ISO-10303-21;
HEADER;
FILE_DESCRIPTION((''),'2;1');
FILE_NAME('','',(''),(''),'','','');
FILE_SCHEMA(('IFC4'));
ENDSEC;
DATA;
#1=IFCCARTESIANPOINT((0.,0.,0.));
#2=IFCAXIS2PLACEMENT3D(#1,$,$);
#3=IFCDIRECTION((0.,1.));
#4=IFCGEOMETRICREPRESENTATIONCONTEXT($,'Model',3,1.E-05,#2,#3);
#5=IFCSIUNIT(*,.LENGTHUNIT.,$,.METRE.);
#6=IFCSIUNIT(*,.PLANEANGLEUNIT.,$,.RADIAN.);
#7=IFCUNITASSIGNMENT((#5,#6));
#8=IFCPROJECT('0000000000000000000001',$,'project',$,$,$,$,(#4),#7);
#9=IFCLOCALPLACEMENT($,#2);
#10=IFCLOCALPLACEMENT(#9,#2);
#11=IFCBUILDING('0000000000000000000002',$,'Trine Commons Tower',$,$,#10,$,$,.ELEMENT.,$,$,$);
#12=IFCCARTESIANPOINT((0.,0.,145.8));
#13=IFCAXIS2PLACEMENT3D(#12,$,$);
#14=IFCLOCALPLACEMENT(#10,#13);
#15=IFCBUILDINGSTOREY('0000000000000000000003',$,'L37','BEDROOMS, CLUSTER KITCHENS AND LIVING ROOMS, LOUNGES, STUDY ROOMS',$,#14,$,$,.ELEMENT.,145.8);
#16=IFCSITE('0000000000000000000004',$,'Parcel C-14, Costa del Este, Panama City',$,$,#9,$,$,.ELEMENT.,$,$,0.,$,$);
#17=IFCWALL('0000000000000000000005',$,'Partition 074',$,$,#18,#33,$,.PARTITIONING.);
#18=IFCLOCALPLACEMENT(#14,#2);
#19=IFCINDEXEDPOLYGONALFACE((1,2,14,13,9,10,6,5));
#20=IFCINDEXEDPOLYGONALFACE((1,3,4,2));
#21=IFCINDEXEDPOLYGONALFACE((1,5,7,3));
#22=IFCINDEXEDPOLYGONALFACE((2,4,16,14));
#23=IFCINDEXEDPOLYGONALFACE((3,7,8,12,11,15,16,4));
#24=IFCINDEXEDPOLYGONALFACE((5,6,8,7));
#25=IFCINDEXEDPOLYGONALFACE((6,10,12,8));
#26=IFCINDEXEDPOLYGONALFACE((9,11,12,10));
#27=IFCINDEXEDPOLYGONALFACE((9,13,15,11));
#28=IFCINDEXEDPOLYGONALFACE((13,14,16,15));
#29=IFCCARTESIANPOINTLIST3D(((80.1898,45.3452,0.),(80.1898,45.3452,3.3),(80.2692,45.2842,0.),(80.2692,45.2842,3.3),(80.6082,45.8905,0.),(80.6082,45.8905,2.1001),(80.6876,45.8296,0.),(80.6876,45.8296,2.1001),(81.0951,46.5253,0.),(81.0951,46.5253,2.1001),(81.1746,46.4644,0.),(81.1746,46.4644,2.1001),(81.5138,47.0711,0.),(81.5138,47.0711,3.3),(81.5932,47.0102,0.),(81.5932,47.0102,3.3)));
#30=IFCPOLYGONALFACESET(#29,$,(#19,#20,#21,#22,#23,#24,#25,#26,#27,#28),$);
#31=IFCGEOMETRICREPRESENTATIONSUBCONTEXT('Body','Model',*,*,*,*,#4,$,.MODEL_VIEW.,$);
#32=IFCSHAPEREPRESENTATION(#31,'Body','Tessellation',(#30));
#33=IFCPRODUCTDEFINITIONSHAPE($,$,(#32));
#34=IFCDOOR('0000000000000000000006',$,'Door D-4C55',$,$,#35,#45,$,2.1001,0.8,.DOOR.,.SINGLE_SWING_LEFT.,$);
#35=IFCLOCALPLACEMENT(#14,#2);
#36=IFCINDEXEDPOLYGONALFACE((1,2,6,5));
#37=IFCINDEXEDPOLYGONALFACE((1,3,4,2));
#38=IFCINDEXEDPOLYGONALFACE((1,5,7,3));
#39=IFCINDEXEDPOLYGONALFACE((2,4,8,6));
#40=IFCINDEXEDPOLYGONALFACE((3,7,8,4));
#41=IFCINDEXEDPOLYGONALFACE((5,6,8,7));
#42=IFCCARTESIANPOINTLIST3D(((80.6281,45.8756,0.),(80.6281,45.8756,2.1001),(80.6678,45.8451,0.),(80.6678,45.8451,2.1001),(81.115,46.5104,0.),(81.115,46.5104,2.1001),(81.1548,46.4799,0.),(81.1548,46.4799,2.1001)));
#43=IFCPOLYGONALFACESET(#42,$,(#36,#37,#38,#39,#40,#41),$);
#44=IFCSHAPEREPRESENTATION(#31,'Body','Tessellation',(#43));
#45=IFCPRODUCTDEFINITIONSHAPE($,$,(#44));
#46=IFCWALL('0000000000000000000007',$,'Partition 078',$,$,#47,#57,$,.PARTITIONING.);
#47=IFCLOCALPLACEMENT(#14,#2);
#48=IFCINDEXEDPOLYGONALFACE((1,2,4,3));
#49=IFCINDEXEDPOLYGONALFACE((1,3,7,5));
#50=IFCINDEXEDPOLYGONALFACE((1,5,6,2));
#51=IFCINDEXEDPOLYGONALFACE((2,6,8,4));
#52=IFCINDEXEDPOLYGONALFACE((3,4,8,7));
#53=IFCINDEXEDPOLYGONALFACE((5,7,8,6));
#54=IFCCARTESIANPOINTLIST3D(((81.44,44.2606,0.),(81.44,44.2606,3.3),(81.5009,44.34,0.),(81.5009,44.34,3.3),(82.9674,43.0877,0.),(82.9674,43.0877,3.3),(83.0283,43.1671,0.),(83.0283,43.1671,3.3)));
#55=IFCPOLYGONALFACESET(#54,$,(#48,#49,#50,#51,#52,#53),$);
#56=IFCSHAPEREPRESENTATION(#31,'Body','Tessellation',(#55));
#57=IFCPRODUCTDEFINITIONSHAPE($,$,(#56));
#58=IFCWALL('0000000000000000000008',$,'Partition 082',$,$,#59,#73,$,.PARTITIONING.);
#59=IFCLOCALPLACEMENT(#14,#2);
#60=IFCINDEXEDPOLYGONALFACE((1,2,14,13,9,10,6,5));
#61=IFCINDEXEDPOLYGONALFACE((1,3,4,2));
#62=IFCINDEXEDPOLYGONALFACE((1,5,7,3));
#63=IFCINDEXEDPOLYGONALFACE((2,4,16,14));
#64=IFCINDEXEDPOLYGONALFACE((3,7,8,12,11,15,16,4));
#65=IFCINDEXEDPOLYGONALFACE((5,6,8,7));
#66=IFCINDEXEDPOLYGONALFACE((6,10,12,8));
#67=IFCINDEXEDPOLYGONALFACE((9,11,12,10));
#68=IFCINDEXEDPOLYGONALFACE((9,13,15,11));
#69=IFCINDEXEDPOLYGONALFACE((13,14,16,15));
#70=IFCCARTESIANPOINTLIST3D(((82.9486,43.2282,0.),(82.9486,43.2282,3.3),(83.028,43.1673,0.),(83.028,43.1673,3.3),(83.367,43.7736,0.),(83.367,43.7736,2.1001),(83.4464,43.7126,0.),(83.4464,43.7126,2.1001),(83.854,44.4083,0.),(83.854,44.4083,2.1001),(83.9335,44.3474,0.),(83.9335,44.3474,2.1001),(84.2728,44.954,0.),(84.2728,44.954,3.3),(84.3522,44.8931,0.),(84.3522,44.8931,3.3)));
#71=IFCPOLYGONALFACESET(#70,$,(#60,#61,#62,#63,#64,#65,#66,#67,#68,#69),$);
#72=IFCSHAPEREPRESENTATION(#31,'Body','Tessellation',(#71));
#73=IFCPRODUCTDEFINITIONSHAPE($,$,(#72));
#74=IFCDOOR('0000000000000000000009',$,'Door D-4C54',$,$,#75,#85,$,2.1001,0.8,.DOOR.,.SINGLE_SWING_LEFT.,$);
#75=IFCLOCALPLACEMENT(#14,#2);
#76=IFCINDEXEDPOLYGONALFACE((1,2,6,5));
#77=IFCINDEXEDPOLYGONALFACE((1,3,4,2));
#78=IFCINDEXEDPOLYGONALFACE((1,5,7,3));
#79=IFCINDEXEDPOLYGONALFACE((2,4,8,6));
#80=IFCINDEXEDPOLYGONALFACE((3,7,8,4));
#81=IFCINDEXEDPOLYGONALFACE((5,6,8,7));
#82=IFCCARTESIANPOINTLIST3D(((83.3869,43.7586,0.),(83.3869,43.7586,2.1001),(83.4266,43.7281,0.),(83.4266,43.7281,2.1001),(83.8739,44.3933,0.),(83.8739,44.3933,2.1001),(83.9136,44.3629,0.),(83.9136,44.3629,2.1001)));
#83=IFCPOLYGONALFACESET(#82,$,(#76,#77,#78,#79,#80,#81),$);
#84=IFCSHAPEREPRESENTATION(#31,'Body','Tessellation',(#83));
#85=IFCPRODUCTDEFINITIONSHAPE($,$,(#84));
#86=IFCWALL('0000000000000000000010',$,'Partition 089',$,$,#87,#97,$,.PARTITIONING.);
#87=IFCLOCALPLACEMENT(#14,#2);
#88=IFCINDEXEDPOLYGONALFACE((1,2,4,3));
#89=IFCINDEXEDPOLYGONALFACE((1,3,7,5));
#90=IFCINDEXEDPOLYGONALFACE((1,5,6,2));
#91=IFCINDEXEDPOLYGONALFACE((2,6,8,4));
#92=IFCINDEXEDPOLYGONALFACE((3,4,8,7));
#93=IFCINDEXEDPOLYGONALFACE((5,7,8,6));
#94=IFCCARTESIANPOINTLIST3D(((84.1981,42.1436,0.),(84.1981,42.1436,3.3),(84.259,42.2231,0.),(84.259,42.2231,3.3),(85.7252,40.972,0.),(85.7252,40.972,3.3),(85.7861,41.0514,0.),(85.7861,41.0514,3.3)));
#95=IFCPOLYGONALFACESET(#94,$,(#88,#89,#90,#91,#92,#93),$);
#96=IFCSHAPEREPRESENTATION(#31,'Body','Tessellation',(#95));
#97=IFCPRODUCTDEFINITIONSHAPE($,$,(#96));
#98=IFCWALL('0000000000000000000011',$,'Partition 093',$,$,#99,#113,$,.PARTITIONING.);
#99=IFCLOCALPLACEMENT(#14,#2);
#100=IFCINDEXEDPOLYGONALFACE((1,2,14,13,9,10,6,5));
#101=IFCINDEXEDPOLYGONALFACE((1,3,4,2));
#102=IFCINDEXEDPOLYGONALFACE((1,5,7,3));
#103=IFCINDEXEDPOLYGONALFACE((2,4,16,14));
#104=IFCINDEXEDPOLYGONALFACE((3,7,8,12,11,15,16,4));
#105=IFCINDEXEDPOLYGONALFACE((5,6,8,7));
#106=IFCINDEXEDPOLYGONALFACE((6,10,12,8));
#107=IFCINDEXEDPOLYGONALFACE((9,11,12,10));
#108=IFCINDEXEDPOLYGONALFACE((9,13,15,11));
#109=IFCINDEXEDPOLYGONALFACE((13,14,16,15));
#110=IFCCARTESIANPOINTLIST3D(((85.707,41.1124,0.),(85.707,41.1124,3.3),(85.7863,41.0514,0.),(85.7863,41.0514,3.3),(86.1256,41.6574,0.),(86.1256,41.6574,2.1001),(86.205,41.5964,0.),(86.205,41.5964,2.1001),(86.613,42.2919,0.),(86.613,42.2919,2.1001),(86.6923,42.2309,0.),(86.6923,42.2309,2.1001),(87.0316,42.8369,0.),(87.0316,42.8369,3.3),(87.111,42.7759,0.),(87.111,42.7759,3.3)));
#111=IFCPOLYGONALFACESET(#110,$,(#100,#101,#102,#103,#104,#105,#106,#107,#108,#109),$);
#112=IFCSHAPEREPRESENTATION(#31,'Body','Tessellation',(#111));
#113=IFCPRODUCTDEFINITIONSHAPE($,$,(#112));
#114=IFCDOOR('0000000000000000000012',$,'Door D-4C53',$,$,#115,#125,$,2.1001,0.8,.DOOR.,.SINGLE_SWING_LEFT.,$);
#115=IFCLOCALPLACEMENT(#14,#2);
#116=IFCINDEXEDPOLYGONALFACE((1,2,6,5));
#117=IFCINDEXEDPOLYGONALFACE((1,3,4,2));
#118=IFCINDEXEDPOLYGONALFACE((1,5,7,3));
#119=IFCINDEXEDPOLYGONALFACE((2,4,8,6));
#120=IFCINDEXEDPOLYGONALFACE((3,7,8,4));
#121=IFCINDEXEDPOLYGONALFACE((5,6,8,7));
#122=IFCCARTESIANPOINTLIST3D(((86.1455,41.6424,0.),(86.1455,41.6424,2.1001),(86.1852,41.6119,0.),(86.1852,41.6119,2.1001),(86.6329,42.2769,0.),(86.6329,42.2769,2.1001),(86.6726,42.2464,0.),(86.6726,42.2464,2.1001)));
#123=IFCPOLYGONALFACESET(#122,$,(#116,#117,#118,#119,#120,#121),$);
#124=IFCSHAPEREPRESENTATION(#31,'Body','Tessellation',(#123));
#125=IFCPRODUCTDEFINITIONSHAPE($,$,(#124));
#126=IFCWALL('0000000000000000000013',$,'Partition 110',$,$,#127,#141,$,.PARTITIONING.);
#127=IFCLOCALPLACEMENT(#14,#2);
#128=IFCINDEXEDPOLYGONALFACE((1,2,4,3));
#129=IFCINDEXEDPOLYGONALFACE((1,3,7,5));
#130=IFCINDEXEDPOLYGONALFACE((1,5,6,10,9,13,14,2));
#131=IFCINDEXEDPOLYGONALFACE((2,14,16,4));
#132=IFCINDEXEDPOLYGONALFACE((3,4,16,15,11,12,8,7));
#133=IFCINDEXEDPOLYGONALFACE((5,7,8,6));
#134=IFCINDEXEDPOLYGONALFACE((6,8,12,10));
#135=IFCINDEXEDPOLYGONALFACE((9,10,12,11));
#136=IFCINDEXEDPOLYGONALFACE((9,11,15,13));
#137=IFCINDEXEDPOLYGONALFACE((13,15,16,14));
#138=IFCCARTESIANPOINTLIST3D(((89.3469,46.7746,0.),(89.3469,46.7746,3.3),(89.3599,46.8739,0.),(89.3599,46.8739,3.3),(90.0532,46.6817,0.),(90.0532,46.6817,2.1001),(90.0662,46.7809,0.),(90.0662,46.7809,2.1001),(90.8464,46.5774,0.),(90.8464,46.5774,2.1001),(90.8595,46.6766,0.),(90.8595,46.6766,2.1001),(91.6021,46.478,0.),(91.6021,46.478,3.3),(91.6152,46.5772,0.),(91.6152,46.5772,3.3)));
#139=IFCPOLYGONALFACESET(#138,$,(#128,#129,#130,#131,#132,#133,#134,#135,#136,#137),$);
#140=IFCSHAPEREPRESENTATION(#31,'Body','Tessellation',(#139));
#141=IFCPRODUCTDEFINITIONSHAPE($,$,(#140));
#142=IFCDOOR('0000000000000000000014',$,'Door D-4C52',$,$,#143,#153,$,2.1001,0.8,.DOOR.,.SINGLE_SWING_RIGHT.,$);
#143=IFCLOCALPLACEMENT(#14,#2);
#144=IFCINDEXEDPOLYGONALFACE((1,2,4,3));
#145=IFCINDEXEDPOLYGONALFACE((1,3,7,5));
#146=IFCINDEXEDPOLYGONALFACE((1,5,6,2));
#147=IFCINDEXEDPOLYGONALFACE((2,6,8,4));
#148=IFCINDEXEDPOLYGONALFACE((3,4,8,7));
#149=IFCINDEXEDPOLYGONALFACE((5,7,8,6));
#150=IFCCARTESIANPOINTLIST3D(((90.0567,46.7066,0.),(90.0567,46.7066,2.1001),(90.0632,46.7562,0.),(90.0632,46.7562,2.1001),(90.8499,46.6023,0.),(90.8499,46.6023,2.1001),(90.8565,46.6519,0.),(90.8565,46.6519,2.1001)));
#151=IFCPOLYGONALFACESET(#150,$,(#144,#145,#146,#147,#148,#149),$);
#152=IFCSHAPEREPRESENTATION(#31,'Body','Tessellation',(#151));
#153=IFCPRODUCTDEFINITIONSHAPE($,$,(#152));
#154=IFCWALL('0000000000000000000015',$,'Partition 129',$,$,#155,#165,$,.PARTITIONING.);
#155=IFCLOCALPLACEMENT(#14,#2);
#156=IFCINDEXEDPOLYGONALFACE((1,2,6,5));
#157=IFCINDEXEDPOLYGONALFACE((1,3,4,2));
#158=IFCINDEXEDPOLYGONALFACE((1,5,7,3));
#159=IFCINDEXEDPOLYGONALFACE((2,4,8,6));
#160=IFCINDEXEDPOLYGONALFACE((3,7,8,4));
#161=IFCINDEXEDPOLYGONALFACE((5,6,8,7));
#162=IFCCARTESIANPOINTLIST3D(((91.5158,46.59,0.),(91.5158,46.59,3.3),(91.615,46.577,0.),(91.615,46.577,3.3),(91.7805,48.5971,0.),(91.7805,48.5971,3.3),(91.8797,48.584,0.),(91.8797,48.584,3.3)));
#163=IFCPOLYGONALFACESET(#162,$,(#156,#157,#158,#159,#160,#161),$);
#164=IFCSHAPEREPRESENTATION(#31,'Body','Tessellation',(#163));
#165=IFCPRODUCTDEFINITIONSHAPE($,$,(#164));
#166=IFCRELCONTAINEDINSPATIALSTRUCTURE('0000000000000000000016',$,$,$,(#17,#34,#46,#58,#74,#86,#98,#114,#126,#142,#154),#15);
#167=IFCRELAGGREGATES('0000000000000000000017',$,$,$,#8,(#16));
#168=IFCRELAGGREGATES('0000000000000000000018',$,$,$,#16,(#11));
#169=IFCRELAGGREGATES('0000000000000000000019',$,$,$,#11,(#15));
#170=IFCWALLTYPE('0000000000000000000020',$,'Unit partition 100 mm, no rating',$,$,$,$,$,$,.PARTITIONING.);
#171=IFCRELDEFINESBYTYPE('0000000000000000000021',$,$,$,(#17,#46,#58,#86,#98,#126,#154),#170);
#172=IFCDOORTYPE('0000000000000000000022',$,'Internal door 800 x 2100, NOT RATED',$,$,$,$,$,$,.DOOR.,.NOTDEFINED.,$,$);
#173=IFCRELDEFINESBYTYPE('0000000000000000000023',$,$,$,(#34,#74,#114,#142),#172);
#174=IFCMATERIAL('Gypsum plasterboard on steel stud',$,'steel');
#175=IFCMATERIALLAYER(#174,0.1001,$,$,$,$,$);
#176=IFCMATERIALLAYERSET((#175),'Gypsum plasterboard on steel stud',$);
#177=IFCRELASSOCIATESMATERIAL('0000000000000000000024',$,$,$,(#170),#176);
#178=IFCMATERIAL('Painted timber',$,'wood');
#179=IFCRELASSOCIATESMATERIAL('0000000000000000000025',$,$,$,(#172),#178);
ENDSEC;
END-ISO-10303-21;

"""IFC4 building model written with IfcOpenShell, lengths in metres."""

from ifc_helpers import new_model, si_unit, direction, frame, frame_2d, origin, place, context, subcontext, project, spatial, rectangle, extrude, material, layer, layer_set, type_object, element, fill, save


model = new_model("IFC4")

# Units and contexts
model_context = context("Model", 3, precision=1e-05, world=origin(), true_north=direction((0.0, 1.0)))
body_context = subcontext(model_context, "Body", "Model", "MODEL_VIEW")
ifc_project = project(units=[si_unit("LENGTHUNIT", "METRE"), si_unit("PLANEANGLEUNIT", "RADIAN")], contexts=[model_context])

# Site, building, storey
site_placement = place(None, origin())
site = spatial("IfcSite", under=ifc_project, at=site_placement, Name="Parcel C-14, Costa del Este, Panama City", CompositionType="ELEMENT", RefElevation=0.0)
building_placement = place(site_placement, origin())
building = spatial("IfcBuilding", under=site, at=building_placement, Name="Trine Commons Tower", CompositionType="ELEMENT")
storey_placement = place(building_placement, frame((0.0, 0.0, 145.8)))
storey = spatial("IfcBuildingStorey", under=building, at=storey_placement, Name="L37", Description="BEDROOMS, CLUSTER KITCHENS AND LIVING ROOMS, LOUNGES, STUDY ROOMS", CompositionType="ELEMENT", Elevation=145.8)

# Shared definitions
ifc_material_1 = material(Name="Gypsum plasterboard on steel stud", Category="steel")

# Shared definitions
ifc_material_2 = material(Name="Painted timber", Category="wood")

# Wall, opening, door
ifc_layer_1 = layer(ifc_material_1, 0.1001)
ifc_layer_set_1 = layer_set([ifc_layer_1], Name="Gypsum plasterboard on steel stud")
wall_type_1 = type_object("IfcWallType", Name="Unit partition 100 mm, no rating", PredefinedType="PARTITIONING", material=ifc_layer_set_1)
wall_1_placement = place(storey_placement, frame((80.2295, 45.3147, 0.0), z_axis=(0.0, 0.0, 1.0), x_axis=(0.608674, 0.79342, 0.0)))
wall_1 = element("IfcWall", 1, at=wall_1_placement, inside=storey, type_object=wall_type_1, Name="Partition 074", PredefinedType="PARTITIONING", context=body_context, shape_type="SweptSolid", body=[
    extrude(rectangle(XDim=2.1753, YDim=0.1001, at=frame_2d((1.0876, 0.0))), origin(), (0.0, 0.0, 1.0), 3.3),
])
opening_1_placement = place(wall_1_placement, frame((0.6875, 0.0, 0.0)))
opening_1 = element("IfcOpeningElement", 2, at=opening_1_placement, cuts=wall_1, PredefinedType="OPENING", context=body_context, shape_type="SweptSolid", body=[
    extrude(rectangle(XDim=0.8, YDim=2.1001, at=frame_2d((0.3999, 1.05))), frame((0.0, 0.0601, 0.0), z_axis=(0.0, -1.0, 0.0), x_axis=(1.0, 0.0, 0.0)), (0.0, 0.0, 1.0), 0.1201),
])
door_type_1 = type_object("IfcDoorType", Name="Internal door 800 x 2100, NOT RATED", OperationType="NOTDEFINED", PredefinedType="DOOR", material=ifc_material_2)
door_1_placement = place(opening_1_placement, frame((0.8, 0.0, 0.0), z_axis=(0.0, 0.0, 1.0), x_axis=(-1.0, 0.0, 0.0)))
door_1 = element("IfcDoor", 3, at=door_1_placement, inside=storey, type_object=door_type_1, Name="Door D-4C55", OperationType="SINGLE_SWING_LEFT", OverallHeight=2.1001, OverallWidth=0.8, PredefinedType="DOOR", context=body_context, shape_type="SweptSolid", body=[
    extrude(rectangle(XDim=0.8, YDim=2.1001, at=frame_2d((0.3999, 1.05))), frame((0.0, 0.0249, 0.0), z_axis=(0.0, -1.0, 0.0), x_axis=(1.0, 0.0, 0.0)), (0.0, 0.0, 1.0), 0.05),
])
fill(opening_1, door_1)

# Wall
wall_2_placement = place(storey_placement, frame((81.4705, 44.3003, 0.0), z_axis=(0.0, 0.0, 1.0), x_axis=(0.793133, -0.609049, 0.0)))
element("IfcWall", 4, at=wall_2_placement, inside=storey, type_object=wall_type_1, Name="Partition 078", PredefinedType="PARTITIONING", context=body_context, shape_type="SweptSolid", body=[
    extrude(rectangle(XDim=1.9258, YDim=0.1001, at=frame_2d((0.9629, 0.0))), origin(), (0.0, 0.0, 1.0), 3.3),
])

# Wall, opening, door
wall_3_placement = place(storey_placement, frame((82.9883, 43.1978, 0.0), z_axis=(0.0, 0.0, 1.0), x_axis=(0.608745, 0.793366, 0.0)))
wall_3 = element("IfcWall", 5, at=wall_3_placement, inside=storey, type_object=wall_type_1, Name="Partition 082", PredefinedType="PARTITIONING", context=body_context, shape_type="SweptSolid", body=[
    extrude(rectangle(XDim=2.1753, YDim=0.1001, at=frame_2d((1.0876, 0.0))), origin(), (0.0, 0.0, 1.0), 3.3),
])
opening_2_placement = place(wall_3_placement, frame((0.6875, 0.0, 0.0)))
opening_2 = element("IfcOpeningElement", 6, at=opening_2_placement, cuts=wall_3, PredefinedType="OPENING", context=body_context, shape_type="SweptSolid", body=[
    extrude(rectangle(XDim=0.8, YDim=2.1001, at=frame_2d((0.3999, 1.05))), frame((0.0, 0.0601, 0.0), z_axis=(0.0, -1.0, 0.0), x_axis=(1.0, 0.0, 0.0)), (0.0, 0.0, 1.0), 0.1201),
])
door_2_placement = place(opening_2_placement, frame((0.8, 0.0, 0.0), z_axis=(0.0, 0.0, 1.0), x_axis=(-1.0, 0.0, 0.0)))
door_2 = element("IfcDoor", 7, at=door_2_placement, inside=storey, type_object=door_type_1, Name="Door D-4C54", OperationType="SINGLE_SWING_LEFT", OverallHeight=2.1001, OverallWidth=0.8, PredefinedType="DOOR", context=body_context, shape_type="SweptSolid", body=[
    extrude(rectangle(XDim=0.8, YDim=2.1001, at=frame_2d((0.3999, 1.05))), frame((0.0, 0.0249, 0.0), z_axis=(0.0, -1.0, 0.0), x_axis=(1.0, 0.0, 0.0)), (0.0, 0.0, 1.0), 0.05),
])
fill(opening_2, door_2)

# Wall
wall_4_placement = place(storey_placement, frame((84.2285, 42.1833, 0.0), z_axis=(0.0, 0.0, 1.0), x_axis=(0.793392, -0.608711, 0.0)))
element("IfcWall", 8, at=wall_4_placement, inside=storey, type_object=wall_type_1, Name="Partition 089", PredefinedType="PARTITIONING", context=body_context, shape_type="SweptSolid", body=[
    extrude(rectangle(XDim=1.9248, YDim=0.1001, at=frame_2d((0.9624, 0.0))), origin(), (0.0, 0.0, 1.0), 3.3),
])

# Walls, openings, doors
wall_5_placement = place(storey_placement, frame((85.7466, 41.0818, 0.0), z_axis=(0.0, 0.0, 1.0), x_axis=(0.609157, 0.793049, 0.0)))
wall_5 = element("IfcWall", 9, at=wall_5_placement, inside=storey, type_object=wall_type_1, Name="Partition 093", PredefinedType="PARTITIONING", context=body_context, shape_type="SweptSolid", body=[
    extrude(rectangle(XDim=2.1746, YDim=0.1001, at=frame_2d((1.0874, 0.0))), origin(), (0.0, 0.0, 1.0), 3.3),
])
opening_3_placement = place(wall_5_placement, frame((0.6875, 0.0, 0.0)))
opening_3 = element("IfcOpeningElement", 10, at=opening_3_placement, cuts=wall_5, PredefinedType="OPENING", context=body_context, shape_type="SweptSolid", body=[
    extrude(rectangle(XDim=0.8, YDim=2.1001, at=frame_2d((0.3999, 1.05))), frame((0.0, 0.0601, 0.0), z_axis=(0.0, -1.0, 0.0), x_axis=(1.0, 0.0, 0.0)), (0.0, 0.0, 1.0), 0.1201),
])
door_3_placement = place(opening_3_placement, frame((0.8, 0.0, 0.0), z_axis=(0.0, 0.0, 1.0), x_axis=(-1.0, 0.0, 0.0)))
door_3 = element("IfcDoor", 11, at=door_3_placement, inside=storey, type_object=door_type_1, Name="Door D-4C53", OperationType="SINGLE_SWING_LEFT", OverallHeight=2.1001, OverallWidth=0.8, PredefinedType="DOOR", context=body_context, shape_type="SweptSolid", body=[
    extrude(rectangle(XDim=0.8, YDim=2.1001, at=frame_2d((0.3999, 1.05))), frame((0.0, 0.0249, 0.0), z_axis=(0.0, -1.0, 0.0), x_axis=(1.0, 0.0, 0.0)), (0.0, 0.0, 1.0), 0.05),
])
fill(opening_3, door_3)
wall_6_placement = place(storey_placement, frame((89.3535, 46.8242, 0.0), z_axis=(0.0, 0.0, 1.0), x_axis=(0.99146, -0.130413, 0.0)))
wall_6 = element("IfcWall", 12, at=wall_6_placement, inside=storey, type_object=wall_type_1, Name="Partition 110", PredefinedType="PARTITIONING", context=body_context, shape_type="SweptSolid", body=[
    extrude(rectangle(XDim=2.2747, YDim=0.1001, at=frame_2d((1.1372, 0.0))), origin(), (0.0, 0.0, 1.0), 3.3),
])
opening_4_placement = place(wall_6_placement, frame((0.7124, 0.0, 0.0)))
opening_4 = element("IfcOpeningElement", 13, at=opening_4_placement, cuts=wall_6, PredefinedType="OPENING", context=body_context, shape_type="SweptSolid", body=[
    extrude(rectangle(XDim=0.8, YDim=2.1001, at=frame_2d((0.3999, 1.05))), frame((0.0, 0.0601, 0.0), z_axis=(0.0, -1.0, 0.0), x_axis=(1.0, 0.0, 0.0)), (0.0, 0.0, 1.0), 0.1201),
])
door_4_placement = place(opening_4_placement, frame((0.8, 0.0, 0.0), z_axis=(0.0, 0.0, 1.0), x_axis=(-1.0, 0.0, 0.0)))
door_4 = element("IfcDoor", 14, at=door_4_placement, inside=storey, type_object=door_type_1, Name="Door D-4C52", OperationType="SINGLE_SWING_RIGHT", OverallHeight=2.1001, OverallWidth=0.8, PredefinedType="DOOR", context=body_context, shape_type="SweptSolid", body=[
    extrude(rectangle(XDim=0.8, YDim=2.1001, at=frame_2d((0.3999, 1.05))), frame((0.0, 0.0249, 0.0), z_axis=(0.0, -1.0, 0.0), x_axis=(1.0, 0.0, 0.0)), (0.0, 0.0, 1.0), 0.05),
])
fill(opening_4, door_4)

# Wall
wall_7_placement = place(storey_placement, frame((91.5654, 46.5835, 0.0), z_axis=(0.0, 0.0, 1.0), x_axis=(0.130726, 0.991419, 0.0)))
element("IfcWall", 15, at=wall_7_placement, inside=storey, type_object=wall_type_1, Name="Partition 129", PredefinedType="PARTITIONING", context=body_context, shape_type="SweptSolid", body=[
    extrude(rectangle(XDim=2.0244, YDim=0.1001, at=frame_2d((1.0122, 0.0))), origin(), (0.0, 0.0, 1.0), 3.3),
])

save(model, "model.ifc")
